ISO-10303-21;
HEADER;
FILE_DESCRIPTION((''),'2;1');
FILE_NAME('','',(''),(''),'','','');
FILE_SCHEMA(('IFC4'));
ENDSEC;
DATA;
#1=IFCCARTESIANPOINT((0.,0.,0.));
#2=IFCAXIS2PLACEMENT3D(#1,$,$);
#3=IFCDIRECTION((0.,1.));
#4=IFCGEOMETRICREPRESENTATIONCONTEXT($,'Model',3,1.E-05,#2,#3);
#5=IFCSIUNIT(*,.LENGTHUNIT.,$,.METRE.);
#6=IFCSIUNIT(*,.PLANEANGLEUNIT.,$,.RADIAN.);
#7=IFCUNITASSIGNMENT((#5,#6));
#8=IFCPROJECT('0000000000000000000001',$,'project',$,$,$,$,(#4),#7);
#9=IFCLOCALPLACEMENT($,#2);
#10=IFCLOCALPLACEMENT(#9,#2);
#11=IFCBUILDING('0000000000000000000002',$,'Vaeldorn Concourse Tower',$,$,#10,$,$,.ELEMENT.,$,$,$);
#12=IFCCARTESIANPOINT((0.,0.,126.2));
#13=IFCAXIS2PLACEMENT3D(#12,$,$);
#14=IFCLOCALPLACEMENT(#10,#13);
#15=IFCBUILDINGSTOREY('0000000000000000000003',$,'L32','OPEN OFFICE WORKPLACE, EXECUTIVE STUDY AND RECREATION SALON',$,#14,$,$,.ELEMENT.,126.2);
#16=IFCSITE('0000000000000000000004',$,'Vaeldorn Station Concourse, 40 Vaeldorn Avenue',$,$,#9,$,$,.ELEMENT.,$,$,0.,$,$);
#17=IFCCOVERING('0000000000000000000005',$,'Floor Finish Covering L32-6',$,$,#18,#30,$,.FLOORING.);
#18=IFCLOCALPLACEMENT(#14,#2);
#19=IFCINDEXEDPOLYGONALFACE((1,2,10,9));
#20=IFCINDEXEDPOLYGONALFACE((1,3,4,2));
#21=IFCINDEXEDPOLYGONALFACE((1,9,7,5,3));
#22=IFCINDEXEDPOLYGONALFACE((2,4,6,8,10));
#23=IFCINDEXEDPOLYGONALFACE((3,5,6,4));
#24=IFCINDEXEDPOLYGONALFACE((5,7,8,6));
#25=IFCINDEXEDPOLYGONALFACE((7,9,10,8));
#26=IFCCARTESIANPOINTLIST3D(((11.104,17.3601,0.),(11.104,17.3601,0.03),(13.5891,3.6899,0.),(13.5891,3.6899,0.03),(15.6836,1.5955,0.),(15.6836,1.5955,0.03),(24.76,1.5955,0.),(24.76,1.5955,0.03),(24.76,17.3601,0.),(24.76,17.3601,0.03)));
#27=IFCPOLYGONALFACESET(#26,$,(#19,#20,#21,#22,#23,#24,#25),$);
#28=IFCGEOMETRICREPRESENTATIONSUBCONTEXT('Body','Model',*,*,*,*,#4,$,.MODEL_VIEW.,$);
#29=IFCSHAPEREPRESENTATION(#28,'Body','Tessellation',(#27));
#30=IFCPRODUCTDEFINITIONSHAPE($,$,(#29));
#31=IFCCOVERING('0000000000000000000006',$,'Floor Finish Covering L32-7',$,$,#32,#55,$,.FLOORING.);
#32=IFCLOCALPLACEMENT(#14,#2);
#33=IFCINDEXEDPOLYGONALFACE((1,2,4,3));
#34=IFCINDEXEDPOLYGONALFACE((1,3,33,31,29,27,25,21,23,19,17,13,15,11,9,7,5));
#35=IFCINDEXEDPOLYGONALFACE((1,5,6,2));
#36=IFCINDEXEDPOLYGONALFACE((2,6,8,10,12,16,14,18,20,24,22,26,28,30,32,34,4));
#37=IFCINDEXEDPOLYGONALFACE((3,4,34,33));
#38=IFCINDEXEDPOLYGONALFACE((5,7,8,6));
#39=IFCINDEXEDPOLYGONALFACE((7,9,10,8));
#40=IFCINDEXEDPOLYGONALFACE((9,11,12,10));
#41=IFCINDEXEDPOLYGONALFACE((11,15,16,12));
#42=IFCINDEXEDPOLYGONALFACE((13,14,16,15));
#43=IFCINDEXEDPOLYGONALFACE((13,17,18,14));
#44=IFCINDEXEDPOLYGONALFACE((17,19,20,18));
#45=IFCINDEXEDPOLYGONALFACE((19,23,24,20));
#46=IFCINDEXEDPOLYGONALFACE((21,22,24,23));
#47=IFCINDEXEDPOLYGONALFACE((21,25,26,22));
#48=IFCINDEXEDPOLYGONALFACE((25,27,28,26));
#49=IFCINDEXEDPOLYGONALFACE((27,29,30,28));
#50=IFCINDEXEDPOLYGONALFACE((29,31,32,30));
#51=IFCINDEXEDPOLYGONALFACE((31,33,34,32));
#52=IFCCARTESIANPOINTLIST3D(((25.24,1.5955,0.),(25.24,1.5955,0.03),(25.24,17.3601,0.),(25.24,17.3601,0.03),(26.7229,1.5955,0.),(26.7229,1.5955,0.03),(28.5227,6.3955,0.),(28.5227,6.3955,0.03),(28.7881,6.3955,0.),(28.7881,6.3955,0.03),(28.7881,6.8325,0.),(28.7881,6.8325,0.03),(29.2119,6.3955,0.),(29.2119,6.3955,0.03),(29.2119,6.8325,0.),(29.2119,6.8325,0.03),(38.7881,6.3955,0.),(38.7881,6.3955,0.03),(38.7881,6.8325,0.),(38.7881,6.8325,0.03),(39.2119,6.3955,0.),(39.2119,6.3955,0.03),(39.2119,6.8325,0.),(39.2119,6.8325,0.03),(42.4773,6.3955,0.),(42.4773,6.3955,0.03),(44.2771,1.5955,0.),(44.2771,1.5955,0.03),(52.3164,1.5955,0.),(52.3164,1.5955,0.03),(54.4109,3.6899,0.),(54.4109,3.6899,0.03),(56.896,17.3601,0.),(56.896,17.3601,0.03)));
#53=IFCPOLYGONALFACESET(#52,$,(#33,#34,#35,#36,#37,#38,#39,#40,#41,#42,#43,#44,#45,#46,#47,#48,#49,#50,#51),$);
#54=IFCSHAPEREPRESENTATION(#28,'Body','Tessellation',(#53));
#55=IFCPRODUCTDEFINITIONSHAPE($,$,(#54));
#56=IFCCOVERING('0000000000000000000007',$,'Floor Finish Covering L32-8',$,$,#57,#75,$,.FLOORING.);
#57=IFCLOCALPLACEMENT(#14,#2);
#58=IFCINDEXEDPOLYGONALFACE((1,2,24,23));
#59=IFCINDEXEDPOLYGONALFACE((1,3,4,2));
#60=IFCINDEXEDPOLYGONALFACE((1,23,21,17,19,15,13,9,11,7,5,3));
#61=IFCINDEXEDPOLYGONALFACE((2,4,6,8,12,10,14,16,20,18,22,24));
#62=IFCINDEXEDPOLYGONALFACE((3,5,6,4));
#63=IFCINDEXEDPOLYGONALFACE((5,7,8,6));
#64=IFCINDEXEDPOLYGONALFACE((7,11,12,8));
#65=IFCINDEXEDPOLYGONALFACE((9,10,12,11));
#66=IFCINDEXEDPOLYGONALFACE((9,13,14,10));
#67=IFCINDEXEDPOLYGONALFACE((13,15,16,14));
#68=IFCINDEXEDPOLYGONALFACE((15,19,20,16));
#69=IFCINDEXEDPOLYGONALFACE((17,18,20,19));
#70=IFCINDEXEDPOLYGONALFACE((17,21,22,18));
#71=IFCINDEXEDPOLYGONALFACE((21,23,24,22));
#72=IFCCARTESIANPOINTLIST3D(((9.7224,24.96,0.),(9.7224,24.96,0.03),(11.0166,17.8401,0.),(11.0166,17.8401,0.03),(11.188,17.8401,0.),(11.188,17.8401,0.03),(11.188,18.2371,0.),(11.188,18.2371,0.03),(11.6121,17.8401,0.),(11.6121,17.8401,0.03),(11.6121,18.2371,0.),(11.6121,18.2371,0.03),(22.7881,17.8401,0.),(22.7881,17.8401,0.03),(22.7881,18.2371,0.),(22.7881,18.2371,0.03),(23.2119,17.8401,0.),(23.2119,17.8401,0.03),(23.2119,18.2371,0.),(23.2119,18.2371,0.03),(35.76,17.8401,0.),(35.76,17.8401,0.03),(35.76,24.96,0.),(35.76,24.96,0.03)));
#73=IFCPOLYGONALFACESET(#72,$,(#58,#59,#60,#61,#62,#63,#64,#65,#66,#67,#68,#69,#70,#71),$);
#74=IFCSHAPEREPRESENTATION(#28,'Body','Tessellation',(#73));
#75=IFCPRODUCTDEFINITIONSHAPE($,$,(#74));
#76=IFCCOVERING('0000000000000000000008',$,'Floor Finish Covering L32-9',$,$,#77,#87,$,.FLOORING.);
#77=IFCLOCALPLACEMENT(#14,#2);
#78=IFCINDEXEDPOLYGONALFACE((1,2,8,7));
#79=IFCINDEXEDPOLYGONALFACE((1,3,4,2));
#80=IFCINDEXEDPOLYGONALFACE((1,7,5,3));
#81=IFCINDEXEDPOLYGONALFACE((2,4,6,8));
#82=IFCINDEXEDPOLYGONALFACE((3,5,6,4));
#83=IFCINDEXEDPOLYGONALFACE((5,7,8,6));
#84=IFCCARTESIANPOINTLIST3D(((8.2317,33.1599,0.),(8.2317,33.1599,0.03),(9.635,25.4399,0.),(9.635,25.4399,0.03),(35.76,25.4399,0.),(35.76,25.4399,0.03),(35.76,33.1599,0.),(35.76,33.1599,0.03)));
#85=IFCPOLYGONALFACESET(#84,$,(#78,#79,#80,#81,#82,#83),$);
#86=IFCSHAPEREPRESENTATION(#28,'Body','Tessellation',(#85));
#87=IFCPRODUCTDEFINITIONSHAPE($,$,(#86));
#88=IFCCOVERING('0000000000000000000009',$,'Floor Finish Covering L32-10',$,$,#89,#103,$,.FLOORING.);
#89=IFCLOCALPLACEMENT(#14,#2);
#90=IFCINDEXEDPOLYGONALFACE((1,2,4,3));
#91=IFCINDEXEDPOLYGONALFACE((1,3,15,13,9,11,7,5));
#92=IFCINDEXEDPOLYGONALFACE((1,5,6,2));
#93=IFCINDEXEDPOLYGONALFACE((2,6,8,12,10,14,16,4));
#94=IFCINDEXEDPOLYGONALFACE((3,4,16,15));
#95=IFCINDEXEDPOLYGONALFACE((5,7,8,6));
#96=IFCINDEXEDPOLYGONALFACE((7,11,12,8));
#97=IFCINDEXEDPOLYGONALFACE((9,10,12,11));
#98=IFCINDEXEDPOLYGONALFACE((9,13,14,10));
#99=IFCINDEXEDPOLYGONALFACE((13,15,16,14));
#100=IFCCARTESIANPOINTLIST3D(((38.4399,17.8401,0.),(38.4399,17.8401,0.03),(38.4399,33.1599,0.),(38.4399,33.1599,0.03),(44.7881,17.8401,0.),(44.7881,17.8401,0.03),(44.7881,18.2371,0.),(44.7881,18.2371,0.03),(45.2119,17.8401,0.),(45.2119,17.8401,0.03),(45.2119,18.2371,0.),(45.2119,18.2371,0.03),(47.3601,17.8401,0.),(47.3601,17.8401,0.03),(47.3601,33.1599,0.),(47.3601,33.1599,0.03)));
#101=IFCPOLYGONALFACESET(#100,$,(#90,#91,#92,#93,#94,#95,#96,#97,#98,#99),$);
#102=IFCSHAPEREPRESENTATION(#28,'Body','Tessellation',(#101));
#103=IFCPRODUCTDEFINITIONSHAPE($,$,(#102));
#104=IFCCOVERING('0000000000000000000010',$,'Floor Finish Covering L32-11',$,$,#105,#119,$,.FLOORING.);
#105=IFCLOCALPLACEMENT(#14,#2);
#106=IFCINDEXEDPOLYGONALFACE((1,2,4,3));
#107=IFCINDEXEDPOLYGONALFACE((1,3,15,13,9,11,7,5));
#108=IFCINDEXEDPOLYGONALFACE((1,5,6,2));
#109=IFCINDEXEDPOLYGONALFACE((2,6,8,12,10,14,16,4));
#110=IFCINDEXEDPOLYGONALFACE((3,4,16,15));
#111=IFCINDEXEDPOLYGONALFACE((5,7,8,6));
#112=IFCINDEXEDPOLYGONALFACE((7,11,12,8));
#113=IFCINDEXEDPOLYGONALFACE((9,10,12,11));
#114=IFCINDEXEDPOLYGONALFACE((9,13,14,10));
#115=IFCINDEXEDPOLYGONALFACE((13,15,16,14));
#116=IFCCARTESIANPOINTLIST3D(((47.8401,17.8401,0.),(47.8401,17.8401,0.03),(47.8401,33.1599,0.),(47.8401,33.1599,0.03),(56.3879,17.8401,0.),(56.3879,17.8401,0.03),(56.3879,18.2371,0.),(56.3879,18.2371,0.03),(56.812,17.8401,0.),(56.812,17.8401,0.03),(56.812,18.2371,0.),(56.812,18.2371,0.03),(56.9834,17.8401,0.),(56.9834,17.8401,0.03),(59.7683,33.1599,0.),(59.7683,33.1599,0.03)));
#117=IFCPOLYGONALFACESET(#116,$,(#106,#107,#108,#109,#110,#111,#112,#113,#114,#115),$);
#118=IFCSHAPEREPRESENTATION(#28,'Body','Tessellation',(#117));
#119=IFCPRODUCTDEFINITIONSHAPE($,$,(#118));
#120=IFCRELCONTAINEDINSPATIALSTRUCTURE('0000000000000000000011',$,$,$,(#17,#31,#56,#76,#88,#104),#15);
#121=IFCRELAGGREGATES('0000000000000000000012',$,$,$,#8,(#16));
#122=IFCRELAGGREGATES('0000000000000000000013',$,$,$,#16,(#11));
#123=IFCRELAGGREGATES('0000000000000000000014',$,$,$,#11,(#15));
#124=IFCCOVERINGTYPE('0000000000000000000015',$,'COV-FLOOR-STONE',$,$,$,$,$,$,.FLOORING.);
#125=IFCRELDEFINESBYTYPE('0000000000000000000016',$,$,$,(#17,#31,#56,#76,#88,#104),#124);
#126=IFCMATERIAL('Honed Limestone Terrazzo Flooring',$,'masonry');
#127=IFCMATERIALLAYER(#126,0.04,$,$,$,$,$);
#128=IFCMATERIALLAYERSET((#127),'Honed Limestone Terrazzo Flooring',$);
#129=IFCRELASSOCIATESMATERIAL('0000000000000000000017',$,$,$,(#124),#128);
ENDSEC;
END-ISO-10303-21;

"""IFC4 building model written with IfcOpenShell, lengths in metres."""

from ifc_helpers import new_model, si_unit, direction, frame, origin, place, context, subcontext, project, spatial, polyline, outline, extrude, material, layer, layer_set, type_object, element, save


model = new_model("IFC4")

# Units and contexts
model_context = context("Model", 3, precision=1e-05, world=origin(), true_north=direction((0.0, 1.0)))
body_context = subcontext(model_context, "Body", "Model", "MODEL_VIEW")
ifc_project = project(units=[si_unit("LENGTHUNIT", "METRE"), si_unit("PLANEANGLEUNIT", "RADIAN")], contexts=[model_context])

# Site, building, storey
site_placement = place(None, origin())
site = spatial("IfcSite", under=ifc_project, at=site_placement, Name="Vaeldorn Station Concourse, 40 Vaeldorn Avenue", CompositionType="ELEMENT", RefElevation=0.0)
building_placement = place(site_placement, origin())
building = spatial("IfcBuilding", under=site, at=building_placement, Name="Vaeldorn Concourse Tower", CompositionType="ELEMENT")
storey_placement = place(building_placement, frame((0.0, 0.0, 126.2)))
storey = spatial("IfcBuildingStorey", under=building, at=storey_placement, Name="L32", Description="OPEN OFFICE WORKPLACE, EXECUTIVE STUDY AND RECREATION SALON", CompositionType="ELEMENT", Elevation=126.2)

# Coverings
ifc_material_1 = material(Name="Honed Limestone Terrazzo Flooring", Category="masonry")
ifc_layer_1 = layer(ifc_material_1, 0.04)
ifc_layer_set_1 = layer_set([ifc_layer_1], Name="Honed Limestone Terrazzo Flooring")
covering_type_1 = type_object("IfcCoveringType", Name="COV-FLOOR-STONE", PredefinedType="FLOORING", material=ifc_layer_set_1)
covering_1_placement = place(storey_placement, origin())
element("IfcCovering", 1, at=covering_1_placement, inside=storey, type_object=covering_type_1, Name="Floor Finish Covering L32-6", PredefinedType="FLOORING", context=body_context, shape_type="SweptSolid", body=[
    extrude(outline(polyline([(24.76, 17.3601), (24.76, 1.5955), (15.6836, 1.5955), (13.5891, 3.6899), (11.104, 17.3601), (24.76, 17.3601)])), origin(), (0.0, 0.0, 1.0), 0.03),
])
covering_2_placement = place(storey_placement, origin())
element("IfcCovering", 2, at=covering_2_placement, inside=storey, type_object=covering_type_1, Name="Floor Finish Covering L32-7", PredefinedType="FLOORING", context=body_context, shape_type="SweptSolid", body=[
    extrude(outline(polyline([(26.7229, 1.5955), (25.24, 1.5955), (25.24, 17.3601), (56.896, 17.3601), (54.4109, 3.6899), (52.3164, 1.5955), (44.2771, 1.5955), (42.4773, 6.3955), (39.2119, 6.3955), (39.2119, 6.8325), (38.7881, 6.8325), (38.7881, 6.3955), (29.2119, 6.3955), (29.2119, 6.8325), (28.7881, 6.8325), (28.7881, 6.3955), (28.5227, 6.3955), (26.7229, 1.5955)])), origin(), (0.0, 0.0, 1.0), 0.03),
])
covering_3_placement = place(storey_placement, origin())
element("IfcCovering", 3, at=covering_3_placement, inside=storey, type_object=covering_type_1, Name="Floor Finish Covering L32-8", PredefinedType="FLOORING", context=body_context, shape_type="SweptSolid", body=[
    extrude(outline(polyline([(35.76, 24.96), (35.76, 17.8401), (23.2119, 17.8401), (23.2119, 18.2371), (22.7881, 18.2371), (22.7881, 17.8401), (11.6121, 17.8401), (11.6121, 18.2371), (11.188, 18.2371), (11.188, 17.8401), (11.0166, 17.8401), (9.7224, 24.96), (35.76, 24.96)])), origin(), (0.0, 0.0, 1.0), 0.03),
])
covering_4_placement = place(storey_placement, origin())
element("IfcCovering", 4, at=covering_4_placement, inside=storey, type_object=covering_type_1, Name="Floor Finish Covering L32-9", PredefinedType="FLOORING", context=body_context, shape_type="SweptSolid", body=[
    extrude(outline(polyline([(35.76, 33.1599), (35.76, 25.4399), (9.635, 25.4399), (8.2317, 33.1599), (35.76, 33.1599)])), origin(), (0.0, 0.0, 1.0), 0.03),
])
covering_5_placement = place(storey_placement, origin())
element("IfcCovering", 5, at=covering_5_placement, inside=storey, type_object=covering_type_1, Name="Floor Finish Covering L32-10", PredefinedType="FLOORING", context=body_context, shape_type="SweptSolid", body=[
    extrude(outline(polyline([(38.4399, 33.1599), (47.3601, 33.1599), (47.3601, 17.8401), (45.2119, 17.8401), (45.2119, 18.2371), (44.7881, 18.2371), (44.7881, 17.8401), (38.4399, 17.8401), (38.4399, 33.1599)])), origin(), (0.0, 0.0, 1.0), 0.03),
])
covering_6_placement = place(storey_placement, origin())
element("IfcCovering", 6, at=covering_6_placement, inside=storey, type_object=covering_type_1, Name="Floor Finish Covering L32-11", PredefinedType="FLOORING", context=body_context, shape_type="SweptSolid", body=[
    extrude(outline(polyline([(47.8401, 33.1599), (59.7683, 33.1599), (56.9834, 17.8401), (56.812, 17.8401), (56.812, 18.2371), (56.3879, 18.2371), (56.3879, 17.8401), (47.8401, 17.8401), (47.8401, 33.1599)])), origin(), (0.0, 0.0, 1.0), 0.03),
])

save(model, "model.ifc")
